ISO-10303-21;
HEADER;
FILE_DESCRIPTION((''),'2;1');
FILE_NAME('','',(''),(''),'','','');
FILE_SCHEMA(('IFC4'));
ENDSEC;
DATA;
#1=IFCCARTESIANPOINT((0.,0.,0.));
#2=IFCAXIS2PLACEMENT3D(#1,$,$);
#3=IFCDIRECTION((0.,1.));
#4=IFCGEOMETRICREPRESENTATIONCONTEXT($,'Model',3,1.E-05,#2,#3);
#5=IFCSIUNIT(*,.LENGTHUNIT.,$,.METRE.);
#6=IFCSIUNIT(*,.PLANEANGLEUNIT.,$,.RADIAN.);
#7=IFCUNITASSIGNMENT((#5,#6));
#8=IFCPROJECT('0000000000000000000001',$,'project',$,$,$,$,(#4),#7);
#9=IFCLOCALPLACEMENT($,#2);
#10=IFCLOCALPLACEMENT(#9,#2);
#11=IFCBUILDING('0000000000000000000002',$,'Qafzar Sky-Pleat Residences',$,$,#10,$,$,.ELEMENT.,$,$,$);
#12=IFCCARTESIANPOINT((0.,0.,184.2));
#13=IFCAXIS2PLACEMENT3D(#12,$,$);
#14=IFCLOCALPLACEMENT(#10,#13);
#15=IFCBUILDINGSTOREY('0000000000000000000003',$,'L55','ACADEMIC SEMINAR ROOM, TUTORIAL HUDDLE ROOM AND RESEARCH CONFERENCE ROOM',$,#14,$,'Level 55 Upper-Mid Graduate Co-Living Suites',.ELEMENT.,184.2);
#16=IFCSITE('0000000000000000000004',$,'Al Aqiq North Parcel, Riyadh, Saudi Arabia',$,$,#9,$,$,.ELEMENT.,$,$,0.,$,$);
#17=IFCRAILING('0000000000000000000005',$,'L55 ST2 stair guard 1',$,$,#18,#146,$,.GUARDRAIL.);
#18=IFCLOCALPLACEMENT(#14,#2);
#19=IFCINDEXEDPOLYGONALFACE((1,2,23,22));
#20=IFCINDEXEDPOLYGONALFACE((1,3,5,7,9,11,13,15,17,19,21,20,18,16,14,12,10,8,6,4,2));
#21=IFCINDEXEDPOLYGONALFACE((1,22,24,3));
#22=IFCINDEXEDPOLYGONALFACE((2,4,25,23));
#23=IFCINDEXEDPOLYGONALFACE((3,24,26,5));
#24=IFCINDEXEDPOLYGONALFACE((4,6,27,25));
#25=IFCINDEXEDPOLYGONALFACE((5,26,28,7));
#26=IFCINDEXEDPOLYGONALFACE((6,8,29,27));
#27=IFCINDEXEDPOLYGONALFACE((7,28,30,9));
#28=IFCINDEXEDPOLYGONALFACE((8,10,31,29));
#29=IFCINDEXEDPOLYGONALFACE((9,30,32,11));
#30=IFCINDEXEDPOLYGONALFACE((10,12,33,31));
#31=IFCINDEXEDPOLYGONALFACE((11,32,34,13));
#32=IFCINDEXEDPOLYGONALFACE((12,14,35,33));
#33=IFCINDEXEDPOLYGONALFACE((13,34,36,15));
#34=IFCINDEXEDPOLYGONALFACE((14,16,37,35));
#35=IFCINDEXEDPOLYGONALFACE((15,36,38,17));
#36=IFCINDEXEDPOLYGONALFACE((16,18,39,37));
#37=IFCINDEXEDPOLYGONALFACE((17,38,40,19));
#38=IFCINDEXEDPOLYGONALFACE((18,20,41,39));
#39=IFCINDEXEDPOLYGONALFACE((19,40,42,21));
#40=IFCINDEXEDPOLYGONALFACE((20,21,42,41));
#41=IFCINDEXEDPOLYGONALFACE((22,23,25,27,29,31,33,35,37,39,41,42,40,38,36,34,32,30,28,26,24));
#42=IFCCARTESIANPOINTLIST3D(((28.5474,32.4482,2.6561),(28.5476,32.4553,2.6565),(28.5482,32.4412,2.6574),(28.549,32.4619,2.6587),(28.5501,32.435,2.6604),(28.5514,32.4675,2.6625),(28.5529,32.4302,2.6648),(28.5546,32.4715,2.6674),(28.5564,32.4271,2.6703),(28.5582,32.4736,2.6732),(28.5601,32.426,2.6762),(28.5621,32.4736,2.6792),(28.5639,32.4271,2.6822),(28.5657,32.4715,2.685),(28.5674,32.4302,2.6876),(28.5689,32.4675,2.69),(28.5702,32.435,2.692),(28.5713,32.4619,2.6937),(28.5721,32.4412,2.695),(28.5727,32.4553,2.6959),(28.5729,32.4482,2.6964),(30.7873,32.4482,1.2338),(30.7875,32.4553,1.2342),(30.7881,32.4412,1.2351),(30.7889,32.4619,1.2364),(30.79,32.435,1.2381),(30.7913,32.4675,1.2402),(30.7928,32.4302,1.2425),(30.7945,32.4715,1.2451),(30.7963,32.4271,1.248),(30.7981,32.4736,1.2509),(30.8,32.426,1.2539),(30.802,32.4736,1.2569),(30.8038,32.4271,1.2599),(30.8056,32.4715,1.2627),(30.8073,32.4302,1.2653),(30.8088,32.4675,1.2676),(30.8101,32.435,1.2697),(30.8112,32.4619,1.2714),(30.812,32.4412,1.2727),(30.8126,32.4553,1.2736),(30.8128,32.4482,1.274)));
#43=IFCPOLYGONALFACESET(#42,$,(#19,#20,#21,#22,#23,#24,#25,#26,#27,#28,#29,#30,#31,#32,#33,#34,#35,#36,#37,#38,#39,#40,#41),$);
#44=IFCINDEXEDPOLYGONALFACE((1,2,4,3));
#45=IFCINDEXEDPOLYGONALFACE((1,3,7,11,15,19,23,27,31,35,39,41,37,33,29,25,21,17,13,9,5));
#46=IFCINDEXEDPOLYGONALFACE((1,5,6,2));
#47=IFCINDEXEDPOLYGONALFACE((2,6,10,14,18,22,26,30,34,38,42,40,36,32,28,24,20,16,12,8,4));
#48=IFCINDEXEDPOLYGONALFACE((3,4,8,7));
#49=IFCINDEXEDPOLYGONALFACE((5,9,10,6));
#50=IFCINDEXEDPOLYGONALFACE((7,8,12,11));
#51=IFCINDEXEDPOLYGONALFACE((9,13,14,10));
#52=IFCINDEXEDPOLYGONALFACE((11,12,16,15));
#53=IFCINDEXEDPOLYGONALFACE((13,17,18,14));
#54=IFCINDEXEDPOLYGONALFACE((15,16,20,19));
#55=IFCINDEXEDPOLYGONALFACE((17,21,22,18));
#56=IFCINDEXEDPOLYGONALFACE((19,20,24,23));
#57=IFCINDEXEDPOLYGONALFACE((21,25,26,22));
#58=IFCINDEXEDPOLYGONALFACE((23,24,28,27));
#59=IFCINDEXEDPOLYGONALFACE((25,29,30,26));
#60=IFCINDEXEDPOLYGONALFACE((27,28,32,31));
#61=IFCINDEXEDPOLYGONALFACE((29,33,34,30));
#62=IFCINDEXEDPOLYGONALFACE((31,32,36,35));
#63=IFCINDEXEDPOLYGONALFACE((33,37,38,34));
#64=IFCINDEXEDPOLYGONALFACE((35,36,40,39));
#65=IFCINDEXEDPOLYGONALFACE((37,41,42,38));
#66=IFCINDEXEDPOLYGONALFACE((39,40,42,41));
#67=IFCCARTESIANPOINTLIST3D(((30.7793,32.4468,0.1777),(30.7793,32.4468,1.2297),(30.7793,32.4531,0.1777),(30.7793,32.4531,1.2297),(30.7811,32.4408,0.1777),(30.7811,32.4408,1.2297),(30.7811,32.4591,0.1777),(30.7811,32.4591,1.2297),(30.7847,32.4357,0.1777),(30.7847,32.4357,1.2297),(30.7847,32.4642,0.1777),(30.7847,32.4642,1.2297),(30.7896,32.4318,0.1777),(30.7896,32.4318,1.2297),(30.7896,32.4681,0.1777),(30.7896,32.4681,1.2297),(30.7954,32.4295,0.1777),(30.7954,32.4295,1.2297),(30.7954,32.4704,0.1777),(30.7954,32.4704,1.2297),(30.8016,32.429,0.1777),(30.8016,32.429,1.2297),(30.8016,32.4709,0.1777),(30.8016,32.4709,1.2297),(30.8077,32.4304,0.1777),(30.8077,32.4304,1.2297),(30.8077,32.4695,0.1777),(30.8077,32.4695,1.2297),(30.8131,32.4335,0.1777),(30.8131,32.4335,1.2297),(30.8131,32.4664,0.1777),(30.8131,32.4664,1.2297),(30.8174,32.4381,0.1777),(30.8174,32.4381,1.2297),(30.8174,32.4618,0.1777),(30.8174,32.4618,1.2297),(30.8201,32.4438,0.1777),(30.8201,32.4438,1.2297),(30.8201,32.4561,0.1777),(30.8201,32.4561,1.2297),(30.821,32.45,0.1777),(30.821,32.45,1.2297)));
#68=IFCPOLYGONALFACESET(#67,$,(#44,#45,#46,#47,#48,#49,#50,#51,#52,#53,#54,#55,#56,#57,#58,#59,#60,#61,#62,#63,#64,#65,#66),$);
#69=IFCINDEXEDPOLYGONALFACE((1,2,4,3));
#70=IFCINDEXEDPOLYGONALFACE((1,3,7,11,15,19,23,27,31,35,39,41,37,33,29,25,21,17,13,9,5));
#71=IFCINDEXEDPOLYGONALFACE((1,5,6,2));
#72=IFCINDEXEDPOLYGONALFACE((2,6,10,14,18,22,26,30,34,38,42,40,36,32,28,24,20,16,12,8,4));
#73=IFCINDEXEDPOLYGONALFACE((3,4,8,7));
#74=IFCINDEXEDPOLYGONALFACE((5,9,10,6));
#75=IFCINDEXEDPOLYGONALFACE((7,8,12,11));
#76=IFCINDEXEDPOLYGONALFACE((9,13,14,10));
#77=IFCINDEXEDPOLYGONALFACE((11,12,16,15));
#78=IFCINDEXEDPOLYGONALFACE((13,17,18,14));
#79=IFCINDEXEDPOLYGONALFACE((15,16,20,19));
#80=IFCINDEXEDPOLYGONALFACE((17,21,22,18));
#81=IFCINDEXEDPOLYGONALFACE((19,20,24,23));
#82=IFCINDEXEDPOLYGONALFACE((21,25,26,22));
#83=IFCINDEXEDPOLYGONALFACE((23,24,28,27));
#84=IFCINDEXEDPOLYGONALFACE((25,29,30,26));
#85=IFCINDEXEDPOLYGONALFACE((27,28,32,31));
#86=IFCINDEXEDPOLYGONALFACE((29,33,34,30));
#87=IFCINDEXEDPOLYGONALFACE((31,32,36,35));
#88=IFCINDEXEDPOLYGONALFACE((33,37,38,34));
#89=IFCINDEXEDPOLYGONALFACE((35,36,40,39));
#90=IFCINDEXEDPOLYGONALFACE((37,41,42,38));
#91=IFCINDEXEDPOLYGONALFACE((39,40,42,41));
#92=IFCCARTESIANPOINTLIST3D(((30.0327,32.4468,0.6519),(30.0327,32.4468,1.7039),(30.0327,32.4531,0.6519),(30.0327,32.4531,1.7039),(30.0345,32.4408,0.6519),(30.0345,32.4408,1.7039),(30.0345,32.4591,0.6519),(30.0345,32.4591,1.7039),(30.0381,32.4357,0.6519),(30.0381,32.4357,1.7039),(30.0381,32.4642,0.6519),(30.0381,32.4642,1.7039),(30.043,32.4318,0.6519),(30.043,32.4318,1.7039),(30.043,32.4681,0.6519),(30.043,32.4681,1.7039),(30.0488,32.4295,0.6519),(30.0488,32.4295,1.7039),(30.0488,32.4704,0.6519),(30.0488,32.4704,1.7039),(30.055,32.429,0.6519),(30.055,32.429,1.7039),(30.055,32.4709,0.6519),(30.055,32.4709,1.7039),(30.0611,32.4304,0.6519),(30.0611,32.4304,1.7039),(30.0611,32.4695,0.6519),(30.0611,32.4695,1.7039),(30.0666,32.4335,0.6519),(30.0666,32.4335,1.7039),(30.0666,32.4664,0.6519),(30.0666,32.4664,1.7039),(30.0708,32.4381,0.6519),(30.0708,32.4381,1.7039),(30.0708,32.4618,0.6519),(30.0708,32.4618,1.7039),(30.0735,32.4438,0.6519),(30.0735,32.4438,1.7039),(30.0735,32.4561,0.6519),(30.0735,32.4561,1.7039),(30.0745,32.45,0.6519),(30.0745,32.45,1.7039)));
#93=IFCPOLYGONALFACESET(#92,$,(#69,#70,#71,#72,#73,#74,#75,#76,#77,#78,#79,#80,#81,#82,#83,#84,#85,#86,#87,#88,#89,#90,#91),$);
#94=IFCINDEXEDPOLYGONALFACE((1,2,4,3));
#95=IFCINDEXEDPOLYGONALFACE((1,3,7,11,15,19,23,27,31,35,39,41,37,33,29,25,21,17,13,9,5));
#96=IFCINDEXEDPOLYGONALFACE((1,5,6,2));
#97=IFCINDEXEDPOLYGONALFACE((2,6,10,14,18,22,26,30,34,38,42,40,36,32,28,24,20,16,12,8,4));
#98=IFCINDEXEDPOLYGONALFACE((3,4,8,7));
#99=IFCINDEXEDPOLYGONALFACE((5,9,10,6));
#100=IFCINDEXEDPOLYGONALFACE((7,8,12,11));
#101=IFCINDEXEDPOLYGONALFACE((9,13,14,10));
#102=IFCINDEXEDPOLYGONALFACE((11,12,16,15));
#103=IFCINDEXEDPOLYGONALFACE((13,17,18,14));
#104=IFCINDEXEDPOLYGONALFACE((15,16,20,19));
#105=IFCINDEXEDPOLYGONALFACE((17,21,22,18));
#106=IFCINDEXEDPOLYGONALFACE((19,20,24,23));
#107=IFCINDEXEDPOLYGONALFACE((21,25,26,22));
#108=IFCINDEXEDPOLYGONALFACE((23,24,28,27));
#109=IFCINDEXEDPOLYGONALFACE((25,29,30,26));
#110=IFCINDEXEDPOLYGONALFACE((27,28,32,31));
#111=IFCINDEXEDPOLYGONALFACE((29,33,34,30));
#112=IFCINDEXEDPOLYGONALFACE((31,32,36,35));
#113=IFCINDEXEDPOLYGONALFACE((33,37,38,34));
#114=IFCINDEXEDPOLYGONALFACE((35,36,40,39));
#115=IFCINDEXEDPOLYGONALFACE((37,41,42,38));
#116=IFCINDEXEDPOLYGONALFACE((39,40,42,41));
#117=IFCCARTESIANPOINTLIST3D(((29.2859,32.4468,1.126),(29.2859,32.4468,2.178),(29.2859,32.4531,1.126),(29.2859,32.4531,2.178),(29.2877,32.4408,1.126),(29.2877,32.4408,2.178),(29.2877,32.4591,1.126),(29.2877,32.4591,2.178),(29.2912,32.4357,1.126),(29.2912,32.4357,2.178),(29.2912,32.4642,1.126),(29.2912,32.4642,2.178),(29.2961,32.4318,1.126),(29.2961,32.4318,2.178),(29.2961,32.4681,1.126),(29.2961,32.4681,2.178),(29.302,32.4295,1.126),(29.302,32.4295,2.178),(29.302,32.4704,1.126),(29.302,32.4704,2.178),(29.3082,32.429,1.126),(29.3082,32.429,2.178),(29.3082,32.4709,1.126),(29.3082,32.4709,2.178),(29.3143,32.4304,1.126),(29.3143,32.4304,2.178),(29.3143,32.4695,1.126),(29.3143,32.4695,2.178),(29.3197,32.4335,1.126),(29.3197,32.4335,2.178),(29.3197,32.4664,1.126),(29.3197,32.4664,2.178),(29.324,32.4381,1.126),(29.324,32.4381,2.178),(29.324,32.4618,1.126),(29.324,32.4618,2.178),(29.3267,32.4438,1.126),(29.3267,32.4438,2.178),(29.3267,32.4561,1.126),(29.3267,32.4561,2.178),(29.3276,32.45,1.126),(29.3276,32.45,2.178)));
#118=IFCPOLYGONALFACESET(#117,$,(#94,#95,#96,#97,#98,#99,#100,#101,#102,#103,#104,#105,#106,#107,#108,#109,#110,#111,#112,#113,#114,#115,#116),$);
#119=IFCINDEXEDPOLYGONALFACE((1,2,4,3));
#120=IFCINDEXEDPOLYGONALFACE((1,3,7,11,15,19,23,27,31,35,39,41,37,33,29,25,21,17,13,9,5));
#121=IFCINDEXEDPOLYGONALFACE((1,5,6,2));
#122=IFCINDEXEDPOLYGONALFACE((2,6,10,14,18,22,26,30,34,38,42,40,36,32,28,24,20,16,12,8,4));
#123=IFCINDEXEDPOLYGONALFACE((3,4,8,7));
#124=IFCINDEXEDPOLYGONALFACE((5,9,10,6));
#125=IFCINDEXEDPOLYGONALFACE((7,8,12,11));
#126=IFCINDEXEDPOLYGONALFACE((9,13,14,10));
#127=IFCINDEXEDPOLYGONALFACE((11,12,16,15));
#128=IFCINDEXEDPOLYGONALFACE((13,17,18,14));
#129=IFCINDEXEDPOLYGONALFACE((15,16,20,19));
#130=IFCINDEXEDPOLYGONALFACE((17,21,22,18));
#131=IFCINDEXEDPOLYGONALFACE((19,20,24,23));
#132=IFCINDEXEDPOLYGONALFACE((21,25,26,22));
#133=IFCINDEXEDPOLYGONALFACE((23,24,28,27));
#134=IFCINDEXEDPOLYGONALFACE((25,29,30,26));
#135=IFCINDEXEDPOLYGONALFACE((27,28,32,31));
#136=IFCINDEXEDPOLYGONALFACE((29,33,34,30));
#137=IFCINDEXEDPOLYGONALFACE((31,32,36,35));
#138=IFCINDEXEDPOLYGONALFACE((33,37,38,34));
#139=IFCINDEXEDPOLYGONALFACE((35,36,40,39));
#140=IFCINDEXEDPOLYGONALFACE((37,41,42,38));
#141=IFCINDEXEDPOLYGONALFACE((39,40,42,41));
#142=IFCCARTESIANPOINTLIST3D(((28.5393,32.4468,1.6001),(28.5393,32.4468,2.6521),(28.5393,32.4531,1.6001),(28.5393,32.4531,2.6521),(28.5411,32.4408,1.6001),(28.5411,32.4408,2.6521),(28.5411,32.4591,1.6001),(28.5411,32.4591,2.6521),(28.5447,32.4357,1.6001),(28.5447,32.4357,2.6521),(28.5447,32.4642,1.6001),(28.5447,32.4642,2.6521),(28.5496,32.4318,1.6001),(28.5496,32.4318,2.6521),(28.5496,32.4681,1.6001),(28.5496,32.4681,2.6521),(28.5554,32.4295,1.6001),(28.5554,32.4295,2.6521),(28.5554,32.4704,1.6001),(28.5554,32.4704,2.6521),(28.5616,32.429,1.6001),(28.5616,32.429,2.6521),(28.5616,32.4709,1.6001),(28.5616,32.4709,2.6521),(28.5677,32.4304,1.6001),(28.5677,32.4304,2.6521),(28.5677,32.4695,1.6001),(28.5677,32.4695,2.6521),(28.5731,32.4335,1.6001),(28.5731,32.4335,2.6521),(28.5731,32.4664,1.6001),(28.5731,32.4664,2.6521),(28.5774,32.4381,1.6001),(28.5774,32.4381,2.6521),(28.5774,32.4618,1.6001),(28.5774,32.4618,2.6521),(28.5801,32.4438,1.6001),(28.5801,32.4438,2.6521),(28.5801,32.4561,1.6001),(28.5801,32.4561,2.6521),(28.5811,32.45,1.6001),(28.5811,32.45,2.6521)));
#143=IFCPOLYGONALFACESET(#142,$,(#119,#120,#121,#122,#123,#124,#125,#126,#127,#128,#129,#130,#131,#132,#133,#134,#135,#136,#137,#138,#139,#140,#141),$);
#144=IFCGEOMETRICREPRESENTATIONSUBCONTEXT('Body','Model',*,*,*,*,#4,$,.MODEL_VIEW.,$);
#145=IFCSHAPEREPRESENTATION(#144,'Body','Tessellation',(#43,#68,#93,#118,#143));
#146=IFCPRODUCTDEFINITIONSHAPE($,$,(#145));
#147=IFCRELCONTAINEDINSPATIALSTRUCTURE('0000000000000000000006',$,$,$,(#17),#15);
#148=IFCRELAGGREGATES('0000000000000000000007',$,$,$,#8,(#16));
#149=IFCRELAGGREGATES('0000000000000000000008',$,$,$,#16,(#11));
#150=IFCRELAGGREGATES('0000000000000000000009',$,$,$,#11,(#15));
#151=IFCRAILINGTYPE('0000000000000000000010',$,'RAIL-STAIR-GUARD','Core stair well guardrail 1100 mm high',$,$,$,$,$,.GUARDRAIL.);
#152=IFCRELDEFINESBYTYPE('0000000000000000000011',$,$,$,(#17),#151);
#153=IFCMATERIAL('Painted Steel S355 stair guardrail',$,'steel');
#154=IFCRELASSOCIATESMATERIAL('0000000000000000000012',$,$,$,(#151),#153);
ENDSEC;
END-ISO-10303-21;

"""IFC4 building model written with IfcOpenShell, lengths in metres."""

from ifc_helpers import new_model, si_unit, direction, frame, origin, origin_2d, place, context, subcontext, project, spatial, circle, extrude, source, transform, mapped, material, type_object, element, save


model = new_model("IFC4")

# Units and contexts
model_context = context("Model", 3, precision=1e-05, world=origin(), true_north=direction((0.0, 1.0)))
body_context = subcontext(model_context, "Body", "Model", "MODEL_VIEW")
ifc_project = project(units=[si_unit("LENGTHUNIT", "METRE"), si_unit("PLANEANGLEUNIT", "RADIAN")], contexts=[model_context])

# Site, building, storey
site_placement = place(None, origin())
site = spatial("IfcSite", under=ifc_project, at=site_placement, Name="Al Aqiq North Parcel, Riyadh, Saudi Arabia", CompositionType="ELEMENT", RefElevation=0.0)
building_placement = place(site_placement, origin())
building = spatial("IfcBuilding", under=site, at=building_placement, Name="Qafzar Sky-Pleat Residences", CompositionType="ELEMENT")
storey_placement = place(building_placement, frame((0.0, 0.0, 184.2)))
storey = spatial("IfcBuildingStorey", under=building, at=storey_placement, Name="L55", Description="ACADEMIC SEMINAR ROOM, TUTORIAL HUDDLE ROOM AND RESEARCH CONFERENCE ROOM", LongName="Level 55 Upper-Mid Graduate Co-Living Suites", CompositionType="ELEMENT", Elevation=184.2)

# Railing
ifc_material_1 = material(Name="Painted Steel S355 stair guardrail", Category="steel")
railing_type_1 = type_object("IfcRailingType", Name="RAIL-STAIR-GUARD", Description="Core stair well guardrail 1100 mm high", PredefinedType="GUARDRAIL", material=ifc_material_1)
shared_shape_1 = source(origin(), body_context, "Body", "SweptSolid", [
    extrude(circle(Radius=0.0239, at=origin_2d()), frame((0.0, 0.0, 1.0762), z_axis=(-0.844188, 0.0, 0.536048), x_axis=(0.0, -1.0, 0.0)), (0.0, 0.0, 1.0), 2.6533),
    extrude(circle(Radius=0.021, at=origin_2d()), origin(), (0.0, 0.0, 1.0), 1.052),
    extrude(circle(Radius=0.021, at=origin_2d()), frame((-0.7466, 0.0, 0.4741)), (0.0, 0.0, 1.0), 1.052),
    extrude(circle(Radius=0.021, at=origin_2d()), frame((-1.4934, 0.0, 0.9482)), (0.0, 0.0, 1.0), 1.052),
    extrude(circle(Radius=0.021, at=origin_2d()), frame((-2.24, 0.0, 1.4224)), (0.0, 0.0, 1.0), 1.052),
])
railing_1_placement = place(storey_placement, frame((30.8, 32.45, 0.1777)))
element("IfcRailing", 1, at=railing_1_placement, inside=storey, type_object=railing_type_1, Name="L55 ST2 stair guard 1", PredefinedType="GUARDRAIL", context=body_context, shape_type="MappedRepresentation", body=[
    mapped(shared_shape_1, transform((0.0, 0.0, 0.0), x_axis=(1.0, 0.0, 0.0), y_axis=(0.0, 1.0, 0.0), z_axis=(0.0, 0.0, 1.0), scale=1.0)),
])

save(model, "model.ifc")
